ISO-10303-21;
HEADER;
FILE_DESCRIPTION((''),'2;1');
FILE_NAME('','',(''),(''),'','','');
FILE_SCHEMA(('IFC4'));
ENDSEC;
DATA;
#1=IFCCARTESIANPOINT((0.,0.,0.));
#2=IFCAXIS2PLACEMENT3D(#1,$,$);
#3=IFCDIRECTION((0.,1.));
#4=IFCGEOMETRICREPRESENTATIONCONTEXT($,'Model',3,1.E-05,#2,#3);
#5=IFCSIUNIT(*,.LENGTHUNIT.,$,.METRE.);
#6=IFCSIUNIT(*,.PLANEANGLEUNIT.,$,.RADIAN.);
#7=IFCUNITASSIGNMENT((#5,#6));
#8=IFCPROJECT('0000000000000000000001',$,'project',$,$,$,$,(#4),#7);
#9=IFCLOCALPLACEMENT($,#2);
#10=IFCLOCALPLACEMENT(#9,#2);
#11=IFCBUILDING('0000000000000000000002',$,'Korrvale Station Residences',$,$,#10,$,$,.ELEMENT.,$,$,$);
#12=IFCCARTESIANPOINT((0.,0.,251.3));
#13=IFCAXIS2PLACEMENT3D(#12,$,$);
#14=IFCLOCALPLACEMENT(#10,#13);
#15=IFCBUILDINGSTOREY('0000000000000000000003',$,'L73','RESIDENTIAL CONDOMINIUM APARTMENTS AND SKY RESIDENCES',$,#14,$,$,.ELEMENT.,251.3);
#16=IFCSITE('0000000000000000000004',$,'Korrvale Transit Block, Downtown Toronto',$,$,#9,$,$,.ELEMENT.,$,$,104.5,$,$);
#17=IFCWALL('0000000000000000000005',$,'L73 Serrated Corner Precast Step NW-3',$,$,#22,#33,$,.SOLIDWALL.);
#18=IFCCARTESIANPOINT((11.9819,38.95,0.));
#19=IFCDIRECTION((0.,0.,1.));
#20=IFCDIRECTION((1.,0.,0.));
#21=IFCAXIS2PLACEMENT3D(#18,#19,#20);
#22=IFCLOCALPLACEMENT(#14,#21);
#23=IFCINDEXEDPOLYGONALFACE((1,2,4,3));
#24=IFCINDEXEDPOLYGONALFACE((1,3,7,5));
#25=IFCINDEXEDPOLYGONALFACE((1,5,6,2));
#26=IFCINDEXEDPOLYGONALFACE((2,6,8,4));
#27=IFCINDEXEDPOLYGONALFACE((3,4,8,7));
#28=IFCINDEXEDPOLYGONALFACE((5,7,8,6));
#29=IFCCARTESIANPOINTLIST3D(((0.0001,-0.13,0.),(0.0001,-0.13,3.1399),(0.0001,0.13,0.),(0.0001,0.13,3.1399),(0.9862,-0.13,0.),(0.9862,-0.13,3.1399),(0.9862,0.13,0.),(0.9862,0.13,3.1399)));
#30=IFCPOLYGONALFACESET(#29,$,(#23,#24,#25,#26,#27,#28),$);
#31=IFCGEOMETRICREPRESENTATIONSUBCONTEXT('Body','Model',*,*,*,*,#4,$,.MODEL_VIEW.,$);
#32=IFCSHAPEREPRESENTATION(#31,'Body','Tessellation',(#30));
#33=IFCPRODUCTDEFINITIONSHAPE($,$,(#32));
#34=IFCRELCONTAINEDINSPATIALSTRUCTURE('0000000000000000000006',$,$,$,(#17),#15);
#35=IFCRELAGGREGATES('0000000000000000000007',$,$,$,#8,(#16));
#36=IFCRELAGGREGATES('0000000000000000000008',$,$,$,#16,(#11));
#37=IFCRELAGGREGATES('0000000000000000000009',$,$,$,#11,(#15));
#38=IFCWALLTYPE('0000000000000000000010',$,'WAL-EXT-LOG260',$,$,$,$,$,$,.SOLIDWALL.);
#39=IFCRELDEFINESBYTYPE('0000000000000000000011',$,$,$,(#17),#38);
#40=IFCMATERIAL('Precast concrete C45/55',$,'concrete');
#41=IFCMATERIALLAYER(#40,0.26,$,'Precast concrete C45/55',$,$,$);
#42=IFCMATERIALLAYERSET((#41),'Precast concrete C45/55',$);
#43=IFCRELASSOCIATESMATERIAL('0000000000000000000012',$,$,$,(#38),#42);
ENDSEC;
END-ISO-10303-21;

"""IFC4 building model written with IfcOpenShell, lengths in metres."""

from ifc_helpers import new_model, si_unit, direction, frame, frame_2d, origin, place, context, subcontext, project, spatial, rectangle, extrude, material, layer, layer_set, type_object, element, save


model = new_model("IFC4")

# Units and contexts
model_context = context("Model", 3, precision=1e-05, world=origin(), true_north=direction((0.0, 1.0)))
body_context = subcontext(model_context, "Body", "Model", "MODEL_VIEW")
ifc_project = project(units=[si_unit("LENGTHUNIT", "METRE"), si_unit("PLANEANGLEUNIT", "RADIAN")], contexts=[model_context])

# Site, building, storey
site_placement = place(None, origin())
site = spatial("IfcSite", under=ifc_project, at=site_placement, Name="Korrvale Transit Block, Downtown Toronto", CompositionType="ELEMENT", RefElevation=104.5)
building_placement = place(site_placement, origin())
building = spatial("IfcBuilding", under=site, at=building_placement, Name="Korrvale Station Residences", CompositionType="ELEMENT")
storey_placement = place(building_placement, frame((0.0, 0.0, 251.3)))
storey = spatial("IfcBuildingStorey", under=building, at=storey_placement, Name="L73", Description="RESIDENTIAL CONDOMINIUM APARTMENTS AND SKY RESIDENCES", CompositionType="ELEMENT", Elevation=251.3)

# Wall
ifc_material_1 = material(Name="Precast concrete C45/55", Category="concrete")
ifc_layer_1 = layer(ifc_material_1, 0.26, Name="Precast concrete C45/55")
ifc_layer_set_1 = layer_set([ifc_layer_1], Name="Precast concrete C45/55")
wall_type_1 = type_object("IfcWallType", Name="WAL-EXT-LOG260", PredefinedType="SOLIDWALL", material=ifc_layer_set_1)
wall_1_placement = place(storey_placement, frame((11.9819, 38.95, 0.0), z_axis=(0.0, 0.0, 1.0), x_axis=(1.0, 0.0, 0.0)))
element("IfcWall", 1, at=wall_1_placement, inside=storey, type_object=wall_type_1, Name="L73 Serrated Corner Precast Step NW-3", PredefinedType="SOLIDWALL", context=body_context, shape_type="SweptSolid", body=[
    extrude(rectangle(XDim=0.9861, YDim=0.26, at=frame_2d((0.4932, 0.0))), origin(), (0.0, 0.0, 1.0), 3.1399),
])

save(model, "model.ifc")
